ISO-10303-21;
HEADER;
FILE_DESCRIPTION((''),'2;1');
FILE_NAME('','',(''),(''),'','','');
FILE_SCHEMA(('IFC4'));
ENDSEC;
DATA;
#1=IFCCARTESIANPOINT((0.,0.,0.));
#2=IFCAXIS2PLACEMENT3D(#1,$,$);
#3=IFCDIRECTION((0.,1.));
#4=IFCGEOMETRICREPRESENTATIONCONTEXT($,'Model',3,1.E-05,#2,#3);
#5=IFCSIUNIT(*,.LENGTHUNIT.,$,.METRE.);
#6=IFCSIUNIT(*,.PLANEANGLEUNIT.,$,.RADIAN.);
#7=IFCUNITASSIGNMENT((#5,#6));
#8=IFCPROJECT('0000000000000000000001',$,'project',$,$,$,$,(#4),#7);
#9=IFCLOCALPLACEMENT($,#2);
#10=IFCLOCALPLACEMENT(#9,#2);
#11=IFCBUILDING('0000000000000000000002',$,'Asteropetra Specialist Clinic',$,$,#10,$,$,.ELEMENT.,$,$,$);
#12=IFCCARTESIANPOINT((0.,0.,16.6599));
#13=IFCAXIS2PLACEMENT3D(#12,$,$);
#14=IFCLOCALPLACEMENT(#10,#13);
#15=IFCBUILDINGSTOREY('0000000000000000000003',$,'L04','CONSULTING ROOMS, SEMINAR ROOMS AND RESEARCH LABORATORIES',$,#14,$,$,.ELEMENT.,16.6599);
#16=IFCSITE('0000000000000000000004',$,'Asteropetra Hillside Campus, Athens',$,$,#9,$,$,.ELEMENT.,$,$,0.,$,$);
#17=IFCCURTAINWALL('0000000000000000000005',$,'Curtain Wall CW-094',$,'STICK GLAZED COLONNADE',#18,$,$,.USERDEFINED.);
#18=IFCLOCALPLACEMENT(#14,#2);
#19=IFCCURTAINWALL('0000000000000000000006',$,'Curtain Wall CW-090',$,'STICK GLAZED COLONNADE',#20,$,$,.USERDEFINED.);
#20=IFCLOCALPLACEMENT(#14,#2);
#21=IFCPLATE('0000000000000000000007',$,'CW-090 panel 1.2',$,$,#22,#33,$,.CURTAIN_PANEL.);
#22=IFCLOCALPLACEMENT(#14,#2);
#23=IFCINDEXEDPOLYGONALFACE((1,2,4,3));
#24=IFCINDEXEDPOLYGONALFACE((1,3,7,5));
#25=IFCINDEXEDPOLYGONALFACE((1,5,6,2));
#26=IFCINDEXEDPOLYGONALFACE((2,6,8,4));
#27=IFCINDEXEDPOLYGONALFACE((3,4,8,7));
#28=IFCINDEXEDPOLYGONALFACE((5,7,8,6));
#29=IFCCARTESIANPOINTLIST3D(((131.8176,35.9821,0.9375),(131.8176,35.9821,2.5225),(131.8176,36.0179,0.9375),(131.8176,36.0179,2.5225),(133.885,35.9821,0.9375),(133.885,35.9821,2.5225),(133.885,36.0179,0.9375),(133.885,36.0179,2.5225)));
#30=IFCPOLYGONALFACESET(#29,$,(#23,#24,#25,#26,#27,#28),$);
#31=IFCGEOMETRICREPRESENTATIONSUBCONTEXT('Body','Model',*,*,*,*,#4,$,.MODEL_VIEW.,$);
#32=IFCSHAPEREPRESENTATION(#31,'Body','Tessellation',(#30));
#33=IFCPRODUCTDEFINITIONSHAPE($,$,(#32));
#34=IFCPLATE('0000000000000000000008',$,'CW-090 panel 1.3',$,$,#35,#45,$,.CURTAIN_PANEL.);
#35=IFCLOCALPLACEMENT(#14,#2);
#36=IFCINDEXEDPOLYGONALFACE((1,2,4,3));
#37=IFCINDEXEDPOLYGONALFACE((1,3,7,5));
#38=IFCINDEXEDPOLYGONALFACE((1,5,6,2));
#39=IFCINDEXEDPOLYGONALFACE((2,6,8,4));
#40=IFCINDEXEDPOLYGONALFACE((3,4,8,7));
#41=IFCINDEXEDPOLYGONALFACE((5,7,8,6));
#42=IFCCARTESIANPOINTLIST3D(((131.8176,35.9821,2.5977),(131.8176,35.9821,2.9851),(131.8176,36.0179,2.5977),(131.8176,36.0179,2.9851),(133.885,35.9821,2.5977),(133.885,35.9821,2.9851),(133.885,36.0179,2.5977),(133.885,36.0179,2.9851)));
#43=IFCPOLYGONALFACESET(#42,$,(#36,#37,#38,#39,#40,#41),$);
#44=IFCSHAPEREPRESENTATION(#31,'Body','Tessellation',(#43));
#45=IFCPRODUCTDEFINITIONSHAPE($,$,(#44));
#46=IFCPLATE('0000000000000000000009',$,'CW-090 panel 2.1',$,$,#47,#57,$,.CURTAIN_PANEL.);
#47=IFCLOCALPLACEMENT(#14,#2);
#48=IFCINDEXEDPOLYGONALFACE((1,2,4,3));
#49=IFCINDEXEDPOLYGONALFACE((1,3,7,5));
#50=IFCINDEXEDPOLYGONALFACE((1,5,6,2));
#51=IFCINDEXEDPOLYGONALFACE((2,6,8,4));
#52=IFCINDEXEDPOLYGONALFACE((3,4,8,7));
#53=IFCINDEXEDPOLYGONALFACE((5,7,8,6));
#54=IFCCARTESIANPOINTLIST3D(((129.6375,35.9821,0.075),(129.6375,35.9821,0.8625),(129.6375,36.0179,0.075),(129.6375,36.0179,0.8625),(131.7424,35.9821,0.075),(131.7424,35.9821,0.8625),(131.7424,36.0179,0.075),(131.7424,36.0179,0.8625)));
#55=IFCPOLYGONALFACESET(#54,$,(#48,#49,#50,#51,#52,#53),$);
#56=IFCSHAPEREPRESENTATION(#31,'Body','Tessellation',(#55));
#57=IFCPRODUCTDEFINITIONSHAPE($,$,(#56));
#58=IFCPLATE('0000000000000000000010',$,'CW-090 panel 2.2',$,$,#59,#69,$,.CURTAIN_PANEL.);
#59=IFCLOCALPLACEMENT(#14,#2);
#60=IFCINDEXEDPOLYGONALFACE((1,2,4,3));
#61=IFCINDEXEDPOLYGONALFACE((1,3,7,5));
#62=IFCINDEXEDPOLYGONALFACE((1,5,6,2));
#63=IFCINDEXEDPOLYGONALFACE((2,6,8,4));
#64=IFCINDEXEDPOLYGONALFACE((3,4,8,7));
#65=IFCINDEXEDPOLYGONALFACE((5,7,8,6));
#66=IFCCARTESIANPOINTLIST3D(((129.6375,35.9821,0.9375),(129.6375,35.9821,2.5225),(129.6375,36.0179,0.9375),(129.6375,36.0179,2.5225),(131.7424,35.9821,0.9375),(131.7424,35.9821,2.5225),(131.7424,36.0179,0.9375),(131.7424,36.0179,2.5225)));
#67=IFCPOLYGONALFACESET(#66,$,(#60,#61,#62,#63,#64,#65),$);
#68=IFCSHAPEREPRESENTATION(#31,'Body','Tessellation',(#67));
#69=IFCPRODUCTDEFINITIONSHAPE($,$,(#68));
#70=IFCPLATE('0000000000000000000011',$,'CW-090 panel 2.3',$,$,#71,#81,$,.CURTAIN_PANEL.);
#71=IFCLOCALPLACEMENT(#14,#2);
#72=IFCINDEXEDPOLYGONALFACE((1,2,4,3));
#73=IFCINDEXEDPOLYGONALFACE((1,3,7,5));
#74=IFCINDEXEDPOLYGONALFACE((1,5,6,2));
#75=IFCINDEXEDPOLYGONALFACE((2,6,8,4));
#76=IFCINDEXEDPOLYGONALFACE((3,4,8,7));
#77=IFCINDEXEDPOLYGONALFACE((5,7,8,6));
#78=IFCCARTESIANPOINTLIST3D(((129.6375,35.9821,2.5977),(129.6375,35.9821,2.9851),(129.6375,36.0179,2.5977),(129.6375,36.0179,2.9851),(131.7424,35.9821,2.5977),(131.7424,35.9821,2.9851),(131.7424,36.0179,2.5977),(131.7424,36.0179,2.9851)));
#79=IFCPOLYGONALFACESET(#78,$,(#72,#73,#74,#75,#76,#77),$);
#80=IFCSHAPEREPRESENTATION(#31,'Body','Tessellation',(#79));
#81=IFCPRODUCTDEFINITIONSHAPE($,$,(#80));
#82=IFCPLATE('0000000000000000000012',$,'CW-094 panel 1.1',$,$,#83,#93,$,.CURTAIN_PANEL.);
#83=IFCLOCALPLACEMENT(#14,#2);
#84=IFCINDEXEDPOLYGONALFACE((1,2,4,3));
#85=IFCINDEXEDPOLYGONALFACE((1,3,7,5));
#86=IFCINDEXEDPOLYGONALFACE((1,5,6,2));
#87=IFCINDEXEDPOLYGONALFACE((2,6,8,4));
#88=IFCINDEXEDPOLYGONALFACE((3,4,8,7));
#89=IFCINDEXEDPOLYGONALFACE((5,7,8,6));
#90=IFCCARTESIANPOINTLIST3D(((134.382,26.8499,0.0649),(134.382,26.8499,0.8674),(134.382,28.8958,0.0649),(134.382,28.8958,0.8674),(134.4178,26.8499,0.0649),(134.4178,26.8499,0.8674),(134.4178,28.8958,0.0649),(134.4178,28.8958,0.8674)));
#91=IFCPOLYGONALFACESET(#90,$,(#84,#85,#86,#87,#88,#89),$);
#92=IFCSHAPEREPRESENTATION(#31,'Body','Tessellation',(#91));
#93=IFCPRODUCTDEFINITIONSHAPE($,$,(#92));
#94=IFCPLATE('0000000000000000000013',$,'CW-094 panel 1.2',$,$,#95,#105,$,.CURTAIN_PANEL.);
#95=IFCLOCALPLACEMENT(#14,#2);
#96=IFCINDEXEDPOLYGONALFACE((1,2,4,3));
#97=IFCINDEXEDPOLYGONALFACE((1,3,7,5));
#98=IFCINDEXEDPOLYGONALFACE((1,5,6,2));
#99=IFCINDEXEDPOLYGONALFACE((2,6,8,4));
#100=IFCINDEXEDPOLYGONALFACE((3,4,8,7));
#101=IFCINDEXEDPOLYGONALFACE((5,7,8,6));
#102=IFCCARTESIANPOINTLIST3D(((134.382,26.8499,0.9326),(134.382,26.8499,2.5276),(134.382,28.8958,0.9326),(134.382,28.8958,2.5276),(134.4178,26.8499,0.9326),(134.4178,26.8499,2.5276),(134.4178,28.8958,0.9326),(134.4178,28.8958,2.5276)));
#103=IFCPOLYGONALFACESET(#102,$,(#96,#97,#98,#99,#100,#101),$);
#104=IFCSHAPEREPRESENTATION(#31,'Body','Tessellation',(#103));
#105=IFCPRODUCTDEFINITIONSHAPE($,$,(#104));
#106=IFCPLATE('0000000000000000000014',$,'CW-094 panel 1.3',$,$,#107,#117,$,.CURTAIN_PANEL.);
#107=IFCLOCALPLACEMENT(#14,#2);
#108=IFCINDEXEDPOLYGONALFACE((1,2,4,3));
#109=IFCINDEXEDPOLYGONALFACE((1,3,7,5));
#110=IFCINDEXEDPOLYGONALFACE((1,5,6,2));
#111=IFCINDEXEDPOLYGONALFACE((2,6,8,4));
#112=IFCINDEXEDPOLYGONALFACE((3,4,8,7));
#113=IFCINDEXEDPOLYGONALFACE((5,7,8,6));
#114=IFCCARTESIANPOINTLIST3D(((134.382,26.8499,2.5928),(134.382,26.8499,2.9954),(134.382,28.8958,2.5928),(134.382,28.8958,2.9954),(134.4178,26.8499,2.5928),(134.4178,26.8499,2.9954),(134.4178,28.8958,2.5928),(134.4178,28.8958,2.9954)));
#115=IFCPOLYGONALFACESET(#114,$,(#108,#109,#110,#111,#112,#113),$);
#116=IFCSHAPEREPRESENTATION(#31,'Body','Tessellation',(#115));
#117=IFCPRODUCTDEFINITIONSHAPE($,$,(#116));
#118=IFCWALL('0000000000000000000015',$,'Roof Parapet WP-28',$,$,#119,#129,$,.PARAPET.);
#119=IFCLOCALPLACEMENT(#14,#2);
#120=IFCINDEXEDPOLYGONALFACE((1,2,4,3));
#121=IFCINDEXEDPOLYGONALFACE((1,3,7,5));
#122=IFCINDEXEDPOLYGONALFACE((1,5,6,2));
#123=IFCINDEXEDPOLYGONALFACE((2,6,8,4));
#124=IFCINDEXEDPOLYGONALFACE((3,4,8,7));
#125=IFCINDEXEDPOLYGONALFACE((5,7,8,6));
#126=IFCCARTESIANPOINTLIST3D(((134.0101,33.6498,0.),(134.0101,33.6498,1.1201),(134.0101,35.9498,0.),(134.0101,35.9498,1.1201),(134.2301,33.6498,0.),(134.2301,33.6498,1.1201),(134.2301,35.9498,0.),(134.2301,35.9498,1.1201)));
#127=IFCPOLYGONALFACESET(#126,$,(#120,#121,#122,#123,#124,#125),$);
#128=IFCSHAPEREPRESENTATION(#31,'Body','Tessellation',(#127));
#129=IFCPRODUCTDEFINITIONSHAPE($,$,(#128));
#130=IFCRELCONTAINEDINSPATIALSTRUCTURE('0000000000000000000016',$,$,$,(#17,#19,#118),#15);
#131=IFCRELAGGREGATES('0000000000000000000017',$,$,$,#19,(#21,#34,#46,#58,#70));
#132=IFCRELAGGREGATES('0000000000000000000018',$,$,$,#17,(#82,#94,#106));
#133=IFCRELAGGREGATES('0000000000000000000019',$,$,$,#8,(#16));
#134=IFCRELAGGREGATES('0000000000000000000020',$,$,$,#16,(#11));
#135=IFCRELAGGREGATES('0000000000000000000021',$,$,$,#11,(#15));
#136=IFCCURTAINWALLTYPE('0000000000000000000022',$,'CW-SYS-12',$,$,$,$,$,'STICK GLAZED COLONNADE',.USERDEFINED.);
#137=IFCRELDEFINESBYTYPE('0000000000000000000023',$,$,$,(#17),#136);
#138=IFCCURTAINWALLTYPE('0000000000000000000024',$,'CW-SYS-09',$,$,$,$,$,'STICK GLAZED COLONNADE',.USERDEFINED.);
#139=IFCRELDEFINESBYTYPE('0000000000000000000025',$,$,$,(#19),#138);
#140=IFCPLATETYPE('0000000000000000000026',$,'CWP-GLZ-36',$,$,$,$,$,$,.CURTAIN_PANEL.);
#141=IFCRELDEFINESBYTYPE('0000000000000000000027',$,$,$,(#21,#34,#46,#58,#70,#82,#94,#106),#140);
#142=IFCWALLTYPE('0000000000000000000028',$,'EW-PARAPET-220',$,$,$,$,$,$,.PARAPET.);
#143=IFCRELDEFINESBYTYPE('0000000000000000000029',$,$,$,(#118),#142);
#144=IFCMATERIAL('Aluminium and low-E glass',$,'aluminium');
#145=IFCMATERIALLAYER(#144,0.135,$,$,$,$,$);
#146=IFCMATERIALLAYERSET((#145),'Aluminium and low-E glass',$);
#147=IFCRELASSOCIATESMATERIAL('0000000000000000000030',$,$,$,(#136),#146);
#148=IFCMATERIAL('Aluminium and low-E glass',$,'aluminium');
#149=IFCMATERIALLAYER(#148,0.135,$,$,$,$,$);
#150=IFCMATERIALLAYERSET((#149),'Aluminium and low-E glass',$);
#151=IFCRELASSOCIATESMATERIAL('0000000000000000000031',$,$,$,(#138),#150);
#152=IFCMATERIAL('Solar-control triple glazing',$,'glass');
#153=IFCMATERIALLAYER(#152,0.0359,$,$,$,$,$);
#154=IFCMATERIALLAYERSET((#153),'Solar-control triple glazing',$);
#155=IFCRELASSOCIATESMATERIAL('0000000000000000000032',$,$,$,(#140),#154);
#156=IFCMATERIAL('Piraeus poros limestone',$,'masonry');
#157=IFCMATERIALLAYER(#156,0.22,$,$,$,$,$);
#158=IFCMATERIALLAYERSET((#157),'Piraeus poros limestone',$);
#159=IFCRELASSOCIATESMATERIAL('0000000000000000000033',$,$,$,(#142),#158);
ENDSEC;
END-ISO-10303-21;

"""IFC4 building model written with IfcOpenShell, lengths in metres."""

from ifc_helpers import new_model, si_unit, direction, frame, frame_2d, origin, origin_2d, place, context, subcontext, project, spatial, rectangle, extrude, material, layer, layer_set, type_object, element, aggregate, save


model = new_model("IFC4")

# Units and contexts
model_context = context("Model", 3, precision=1e-05, world=origin(), true_north=direction((0.0, 1.0)))
body_context = subcontext(model_context, "Body", "Model", "MODEL_VIEW")
ifc_project = project(units=[si_unit("LENGTHUNIT", "METRE"), si_unit("PLANEANGLEUNIT", "RADIAN")], contexts=[model_context])

# Site, building, storey
site_placement = place(None, origin())
site = spatial("IfcSite", under=ifc_project, at=site_placement, Name="Asteropetra Hillside Campus, Athens", CompositionType="ELEMENT", RefElevation=0.0)
building_placement = place(site_placement, origin())
building = spatial("IfcBuilding", under=site, at=building_placement, Name="Asteropetra Specialist Clinic", CompositionType="ELEMENT")
storey_placement = place(building_placement, frame((0.0, 0.0, 16.6599)))
storey = spatial("IfcBuildingStorey", under=building, at=storey_placement, Name="L04", Description="CONSULTING ROOMS, SEMINAR ROOMS AND RESEARCH LABORATORIES", CompositionType="ELEMENT", Elevation=16.6599)

# Curtain wall
ifc_material_1 = material(Name="Aluminium and low-E glass", Category="aluminium")
ifc_layer_1 = layer(ifc_material_1, 0.135)
ifc_layer_set_1 = layer_set([ifc_layer_1], Name="Aluminium and low-E glass")
curtain_wall_type_1 = type_object("IfcCurtainWallType", Name="CW-SYS-12", ElementType="STICK GLAZED COLONNADE", PredefinedType="USERDEFINED", material=ifc_layer_set_1)
curtain_wall_1_placement = place(storey_placement, origin())
curtain_wall_1 = element("IfcCurtainWall", 1, at=curtain_wall_1_placement, inside=storey, type_object=curtain_wall_type_1, Name="Curtain Wall CW-094", ObjectType="STICK GLAZED COLONNADE", PredefinedType="USERDEFINED")

# Curtain wall
ifc_material_2 = material(Name="Aluminium and low-E glass", Category="aluminium")
ifc_layer_2 = layer(ifc_material_2, 0.135)
ifc_layer_set_2 = layer_set([ifc_layer_2], Name="Aluminium and low-E glass")
curtain_wall_type_2 = type_object("IfcCurtainWallType", Name="CW-SYS-09", ElementType="STICK GLAZED COLONNADE", PredefinedType="USERDEFINED", material=ifc_layer_set_2)
curtain_wall_2_placement = place(storey_placement, origin())
curtain_wall_2 = element("IfcCurtainWall", 2, at=curtain_wall_2_placement, inside=storey, type_object=curtain_wall_type_2, Name="Curtain Wall CW-090", ObjectType="STICK GLAZED COLONNADE", PredefinedType="USERDEFINED")

# Plates
ifc_material_3 = material(Name="Solar-control triple glazing", Category="glass")
ifc_layer_3 = layer(ifc_material_3, 0.0359)
ifc_layer_set_3 = layer_set([ifc_layer_3], Name="Solar-control triple glazing")
plate_type_1 = type_object("IfcPlateType", Name="CWP-GLZ-36", PredefinedType="CURTAIN_PANEL", material=ifc_layer_set_3)
plate_1_placement = place(storey_placement, frame((132.8513, 36.0, 0.9375), z_axis=(0.0, 0.0, 1.0), x_axis=(-1.0, 0.0, 0.0)))
plate_1 = element("IfcPlate", 3, at=plate_1_placement, type_object=plate_type_1, Name="CW-090 panel 1.2", PredefinedType="CURTAIN_PANEL", context=body_context, shape_type="SweptSolid", body=[
    extrude(rectangle(XDim=2.0674, YDim=0.0359, at=origin_2d()), origin(), (0.0, 0.0, 1.0), 1.585),
])
plate_2_placement = place(storey_placement, frame((132.8513, 36.0, 2.5977), z_axis=(0.0, 0.0, 1.0), x_axis=(-1.0, 0.0, 0.0)))
plate_2 = element("IfcPlate", 4, at=plate_2_placement, type_object=plate_type_1, Name="CW-090 panel 1.3", PredefinedType="CURTAIN_PANEL", context=body_context, shape_type="SweptSolid", body=[
    extrude(rectangle(XDim=2.0674, YDim=0.0359, at=origin_2d()), origin(), (0.0, 0.0, 1.0), 0.3875),
])
plate_3_placement = place(storey_placement, frame((130.6899, 36.0, 0.075), z_axis=(0.0, 0.0, 1.0), x_axis=(-1.0, 0.0, 0.0)))
plate_3 = element("IfcPlate", 5, at=plate_3_placement, type_object=plate_type_1, Name="CW-090 panel 2.1", PredefinedType="CURTAIN_PANEL", context=body_context, shape_type="SweptSolid", body=[
    extrude(rectangle(XDim=2.105, YDim=0.0359, at=origin_2d()), origin(), (0.0, 0.0, 1.0), 0.7876),
])
plate_4_placement = place(storey_placement, frame((130.6899, 36.0, 0.9375), z_axis=(0.0, 0.0, 1.0), x_axis=(-1.0, 0.0, 0.0)))
plate_4 = element("IfcPlate", 6, at=plate_4_placement, type_object=plate_type_1, Name="CW-090 panel 2.2", PredefinedType="CURTAIN_PANEL", context=body_context, shape_type="SweptSolid", body=[
    extrude(rectangle(XDim=2.105, YDim=0.0359, at=origin_2d()), origin(), (0.0, 0.0, 1.0), 1.585),
])
plate_5_placement = place(storey_placement, frame((130.6899, 36.0, 2.5977), z_axis=(0.0, 0.0, 1.0), x_axis=(-1.0, 0.0, 0.0)))
plate_5 = element("IfcPlate", 7, at=plate_5_placement, type_object=plate_type_1, Name="CW-090 panel 2.3", PredefinedType="CURTAIN_PANEL", context=body_context, shape_type="SweptSolid", body=[
    extrude(rectangle(XDim=2.105, YDim=0.0359, at=origin_2d()), origin(), (0.0, 0.0, 1.0), 0.3875),
])
aggregate(curtain_wall_2, [plate_1, plate_2, plate_3, plate_4, plate_5])
plate_6_placement = place(storey_placement, frame((134.3999, 27.8728, 0.0649), z_axis=(0.0, 0.0, 1.0), x_axis=(0.0, 1.0, 0.0)))
plate_6 = element("IfcPlate", 8, at=plate_6_placement, type_object=plate_type_1, Name="CW-094 panel 1.1", PredefinedType="CURTAIN_PANEL", context=body_context, shape_type="SweptSolid", body=[
    extrude(rectangle(XDim=2.0459, YDim=0.0359, at=origin_2d()), origin(), (0.0, 0.0, 1.0), 0.8025),
])
plate_7_placement = place(storey_placement, frame((134.3999, 27.8728, 0.9326), z_axis=(0.0, 0.0, 1.0), x_axis=(0.0, 1.0, 0.0)))
plate_7 = element("IfcPlate", 9, at=plate_7_placement, type_object=plate_type_1, Name="CW-094 panel 1.2", PredefinedType="CURTAIN_PANEL", context=body_context, shape_type="SweptSolid", body=[
    extrude(rectangle(XDim=2.0459, YDim=0.0359, at=origin_2d()), origin(), (0.0, 0.0, 1.0), 1.595),
])
plate_8_placement = place(storey_placement, frame((134.3999, 27.8728, 2.5928), z_axis=(0.0, 0.0, 1.0), x_axis=(0.0, 1.0, 0.0)))
plate_8 = element("IfcPlate", 10, at=plate_8_placement, type_object=plate_type_1, Name="CW-094 panel 1.3", PredefinedType="CURTAIN_PANEL", context=body_context, shape_type="SweptSolid", body=[
    extrude(rectangle(XDim=2.0459, YDim=0.0359, at=origin_2d()), origin(), (0.0, 0.0, 1.0), 0.4026),
])
aggregate(curtain_wall_1, [plate_6, plate_7, plate_8])

# Wall
ifc_material_4 = material(Name="Piraeus poros limestone", Category="masonry")
ifc_layer_4 = layer(ifc_material_4, 0.22)
ifc_layer_set_4 = layer_set([ifc_layer_4], Name="Piraeus poros limestone")
wall_type = type_object("IfcWallType", Name="EW-PARAPET-220", PredefinedType="PARAPET", material=ifc_layer_set_4)
wall_placement = place(storey_placement, frame((134.1201, 33.6499, 0.0), z_axis=(0.0, 0.0, 1.0), x_axis=(0.0, 1.0, 0.0)))
element("IfcWall", 11, at=wall_placement, inside=storey, type_object=wall_type, Name="Roof Parapet WP-28", PredefinedType="PARAPET", context=body_context, shape_type="SweptSolid", body=[
    extrude(rectangle(XDim=2.3, YDim=0.22, at=frame_2d((1.1499, 0.0))), origin(), (0.0, 0.0, 1.0), 1.1201),
])

save(model, "model.ifc")
